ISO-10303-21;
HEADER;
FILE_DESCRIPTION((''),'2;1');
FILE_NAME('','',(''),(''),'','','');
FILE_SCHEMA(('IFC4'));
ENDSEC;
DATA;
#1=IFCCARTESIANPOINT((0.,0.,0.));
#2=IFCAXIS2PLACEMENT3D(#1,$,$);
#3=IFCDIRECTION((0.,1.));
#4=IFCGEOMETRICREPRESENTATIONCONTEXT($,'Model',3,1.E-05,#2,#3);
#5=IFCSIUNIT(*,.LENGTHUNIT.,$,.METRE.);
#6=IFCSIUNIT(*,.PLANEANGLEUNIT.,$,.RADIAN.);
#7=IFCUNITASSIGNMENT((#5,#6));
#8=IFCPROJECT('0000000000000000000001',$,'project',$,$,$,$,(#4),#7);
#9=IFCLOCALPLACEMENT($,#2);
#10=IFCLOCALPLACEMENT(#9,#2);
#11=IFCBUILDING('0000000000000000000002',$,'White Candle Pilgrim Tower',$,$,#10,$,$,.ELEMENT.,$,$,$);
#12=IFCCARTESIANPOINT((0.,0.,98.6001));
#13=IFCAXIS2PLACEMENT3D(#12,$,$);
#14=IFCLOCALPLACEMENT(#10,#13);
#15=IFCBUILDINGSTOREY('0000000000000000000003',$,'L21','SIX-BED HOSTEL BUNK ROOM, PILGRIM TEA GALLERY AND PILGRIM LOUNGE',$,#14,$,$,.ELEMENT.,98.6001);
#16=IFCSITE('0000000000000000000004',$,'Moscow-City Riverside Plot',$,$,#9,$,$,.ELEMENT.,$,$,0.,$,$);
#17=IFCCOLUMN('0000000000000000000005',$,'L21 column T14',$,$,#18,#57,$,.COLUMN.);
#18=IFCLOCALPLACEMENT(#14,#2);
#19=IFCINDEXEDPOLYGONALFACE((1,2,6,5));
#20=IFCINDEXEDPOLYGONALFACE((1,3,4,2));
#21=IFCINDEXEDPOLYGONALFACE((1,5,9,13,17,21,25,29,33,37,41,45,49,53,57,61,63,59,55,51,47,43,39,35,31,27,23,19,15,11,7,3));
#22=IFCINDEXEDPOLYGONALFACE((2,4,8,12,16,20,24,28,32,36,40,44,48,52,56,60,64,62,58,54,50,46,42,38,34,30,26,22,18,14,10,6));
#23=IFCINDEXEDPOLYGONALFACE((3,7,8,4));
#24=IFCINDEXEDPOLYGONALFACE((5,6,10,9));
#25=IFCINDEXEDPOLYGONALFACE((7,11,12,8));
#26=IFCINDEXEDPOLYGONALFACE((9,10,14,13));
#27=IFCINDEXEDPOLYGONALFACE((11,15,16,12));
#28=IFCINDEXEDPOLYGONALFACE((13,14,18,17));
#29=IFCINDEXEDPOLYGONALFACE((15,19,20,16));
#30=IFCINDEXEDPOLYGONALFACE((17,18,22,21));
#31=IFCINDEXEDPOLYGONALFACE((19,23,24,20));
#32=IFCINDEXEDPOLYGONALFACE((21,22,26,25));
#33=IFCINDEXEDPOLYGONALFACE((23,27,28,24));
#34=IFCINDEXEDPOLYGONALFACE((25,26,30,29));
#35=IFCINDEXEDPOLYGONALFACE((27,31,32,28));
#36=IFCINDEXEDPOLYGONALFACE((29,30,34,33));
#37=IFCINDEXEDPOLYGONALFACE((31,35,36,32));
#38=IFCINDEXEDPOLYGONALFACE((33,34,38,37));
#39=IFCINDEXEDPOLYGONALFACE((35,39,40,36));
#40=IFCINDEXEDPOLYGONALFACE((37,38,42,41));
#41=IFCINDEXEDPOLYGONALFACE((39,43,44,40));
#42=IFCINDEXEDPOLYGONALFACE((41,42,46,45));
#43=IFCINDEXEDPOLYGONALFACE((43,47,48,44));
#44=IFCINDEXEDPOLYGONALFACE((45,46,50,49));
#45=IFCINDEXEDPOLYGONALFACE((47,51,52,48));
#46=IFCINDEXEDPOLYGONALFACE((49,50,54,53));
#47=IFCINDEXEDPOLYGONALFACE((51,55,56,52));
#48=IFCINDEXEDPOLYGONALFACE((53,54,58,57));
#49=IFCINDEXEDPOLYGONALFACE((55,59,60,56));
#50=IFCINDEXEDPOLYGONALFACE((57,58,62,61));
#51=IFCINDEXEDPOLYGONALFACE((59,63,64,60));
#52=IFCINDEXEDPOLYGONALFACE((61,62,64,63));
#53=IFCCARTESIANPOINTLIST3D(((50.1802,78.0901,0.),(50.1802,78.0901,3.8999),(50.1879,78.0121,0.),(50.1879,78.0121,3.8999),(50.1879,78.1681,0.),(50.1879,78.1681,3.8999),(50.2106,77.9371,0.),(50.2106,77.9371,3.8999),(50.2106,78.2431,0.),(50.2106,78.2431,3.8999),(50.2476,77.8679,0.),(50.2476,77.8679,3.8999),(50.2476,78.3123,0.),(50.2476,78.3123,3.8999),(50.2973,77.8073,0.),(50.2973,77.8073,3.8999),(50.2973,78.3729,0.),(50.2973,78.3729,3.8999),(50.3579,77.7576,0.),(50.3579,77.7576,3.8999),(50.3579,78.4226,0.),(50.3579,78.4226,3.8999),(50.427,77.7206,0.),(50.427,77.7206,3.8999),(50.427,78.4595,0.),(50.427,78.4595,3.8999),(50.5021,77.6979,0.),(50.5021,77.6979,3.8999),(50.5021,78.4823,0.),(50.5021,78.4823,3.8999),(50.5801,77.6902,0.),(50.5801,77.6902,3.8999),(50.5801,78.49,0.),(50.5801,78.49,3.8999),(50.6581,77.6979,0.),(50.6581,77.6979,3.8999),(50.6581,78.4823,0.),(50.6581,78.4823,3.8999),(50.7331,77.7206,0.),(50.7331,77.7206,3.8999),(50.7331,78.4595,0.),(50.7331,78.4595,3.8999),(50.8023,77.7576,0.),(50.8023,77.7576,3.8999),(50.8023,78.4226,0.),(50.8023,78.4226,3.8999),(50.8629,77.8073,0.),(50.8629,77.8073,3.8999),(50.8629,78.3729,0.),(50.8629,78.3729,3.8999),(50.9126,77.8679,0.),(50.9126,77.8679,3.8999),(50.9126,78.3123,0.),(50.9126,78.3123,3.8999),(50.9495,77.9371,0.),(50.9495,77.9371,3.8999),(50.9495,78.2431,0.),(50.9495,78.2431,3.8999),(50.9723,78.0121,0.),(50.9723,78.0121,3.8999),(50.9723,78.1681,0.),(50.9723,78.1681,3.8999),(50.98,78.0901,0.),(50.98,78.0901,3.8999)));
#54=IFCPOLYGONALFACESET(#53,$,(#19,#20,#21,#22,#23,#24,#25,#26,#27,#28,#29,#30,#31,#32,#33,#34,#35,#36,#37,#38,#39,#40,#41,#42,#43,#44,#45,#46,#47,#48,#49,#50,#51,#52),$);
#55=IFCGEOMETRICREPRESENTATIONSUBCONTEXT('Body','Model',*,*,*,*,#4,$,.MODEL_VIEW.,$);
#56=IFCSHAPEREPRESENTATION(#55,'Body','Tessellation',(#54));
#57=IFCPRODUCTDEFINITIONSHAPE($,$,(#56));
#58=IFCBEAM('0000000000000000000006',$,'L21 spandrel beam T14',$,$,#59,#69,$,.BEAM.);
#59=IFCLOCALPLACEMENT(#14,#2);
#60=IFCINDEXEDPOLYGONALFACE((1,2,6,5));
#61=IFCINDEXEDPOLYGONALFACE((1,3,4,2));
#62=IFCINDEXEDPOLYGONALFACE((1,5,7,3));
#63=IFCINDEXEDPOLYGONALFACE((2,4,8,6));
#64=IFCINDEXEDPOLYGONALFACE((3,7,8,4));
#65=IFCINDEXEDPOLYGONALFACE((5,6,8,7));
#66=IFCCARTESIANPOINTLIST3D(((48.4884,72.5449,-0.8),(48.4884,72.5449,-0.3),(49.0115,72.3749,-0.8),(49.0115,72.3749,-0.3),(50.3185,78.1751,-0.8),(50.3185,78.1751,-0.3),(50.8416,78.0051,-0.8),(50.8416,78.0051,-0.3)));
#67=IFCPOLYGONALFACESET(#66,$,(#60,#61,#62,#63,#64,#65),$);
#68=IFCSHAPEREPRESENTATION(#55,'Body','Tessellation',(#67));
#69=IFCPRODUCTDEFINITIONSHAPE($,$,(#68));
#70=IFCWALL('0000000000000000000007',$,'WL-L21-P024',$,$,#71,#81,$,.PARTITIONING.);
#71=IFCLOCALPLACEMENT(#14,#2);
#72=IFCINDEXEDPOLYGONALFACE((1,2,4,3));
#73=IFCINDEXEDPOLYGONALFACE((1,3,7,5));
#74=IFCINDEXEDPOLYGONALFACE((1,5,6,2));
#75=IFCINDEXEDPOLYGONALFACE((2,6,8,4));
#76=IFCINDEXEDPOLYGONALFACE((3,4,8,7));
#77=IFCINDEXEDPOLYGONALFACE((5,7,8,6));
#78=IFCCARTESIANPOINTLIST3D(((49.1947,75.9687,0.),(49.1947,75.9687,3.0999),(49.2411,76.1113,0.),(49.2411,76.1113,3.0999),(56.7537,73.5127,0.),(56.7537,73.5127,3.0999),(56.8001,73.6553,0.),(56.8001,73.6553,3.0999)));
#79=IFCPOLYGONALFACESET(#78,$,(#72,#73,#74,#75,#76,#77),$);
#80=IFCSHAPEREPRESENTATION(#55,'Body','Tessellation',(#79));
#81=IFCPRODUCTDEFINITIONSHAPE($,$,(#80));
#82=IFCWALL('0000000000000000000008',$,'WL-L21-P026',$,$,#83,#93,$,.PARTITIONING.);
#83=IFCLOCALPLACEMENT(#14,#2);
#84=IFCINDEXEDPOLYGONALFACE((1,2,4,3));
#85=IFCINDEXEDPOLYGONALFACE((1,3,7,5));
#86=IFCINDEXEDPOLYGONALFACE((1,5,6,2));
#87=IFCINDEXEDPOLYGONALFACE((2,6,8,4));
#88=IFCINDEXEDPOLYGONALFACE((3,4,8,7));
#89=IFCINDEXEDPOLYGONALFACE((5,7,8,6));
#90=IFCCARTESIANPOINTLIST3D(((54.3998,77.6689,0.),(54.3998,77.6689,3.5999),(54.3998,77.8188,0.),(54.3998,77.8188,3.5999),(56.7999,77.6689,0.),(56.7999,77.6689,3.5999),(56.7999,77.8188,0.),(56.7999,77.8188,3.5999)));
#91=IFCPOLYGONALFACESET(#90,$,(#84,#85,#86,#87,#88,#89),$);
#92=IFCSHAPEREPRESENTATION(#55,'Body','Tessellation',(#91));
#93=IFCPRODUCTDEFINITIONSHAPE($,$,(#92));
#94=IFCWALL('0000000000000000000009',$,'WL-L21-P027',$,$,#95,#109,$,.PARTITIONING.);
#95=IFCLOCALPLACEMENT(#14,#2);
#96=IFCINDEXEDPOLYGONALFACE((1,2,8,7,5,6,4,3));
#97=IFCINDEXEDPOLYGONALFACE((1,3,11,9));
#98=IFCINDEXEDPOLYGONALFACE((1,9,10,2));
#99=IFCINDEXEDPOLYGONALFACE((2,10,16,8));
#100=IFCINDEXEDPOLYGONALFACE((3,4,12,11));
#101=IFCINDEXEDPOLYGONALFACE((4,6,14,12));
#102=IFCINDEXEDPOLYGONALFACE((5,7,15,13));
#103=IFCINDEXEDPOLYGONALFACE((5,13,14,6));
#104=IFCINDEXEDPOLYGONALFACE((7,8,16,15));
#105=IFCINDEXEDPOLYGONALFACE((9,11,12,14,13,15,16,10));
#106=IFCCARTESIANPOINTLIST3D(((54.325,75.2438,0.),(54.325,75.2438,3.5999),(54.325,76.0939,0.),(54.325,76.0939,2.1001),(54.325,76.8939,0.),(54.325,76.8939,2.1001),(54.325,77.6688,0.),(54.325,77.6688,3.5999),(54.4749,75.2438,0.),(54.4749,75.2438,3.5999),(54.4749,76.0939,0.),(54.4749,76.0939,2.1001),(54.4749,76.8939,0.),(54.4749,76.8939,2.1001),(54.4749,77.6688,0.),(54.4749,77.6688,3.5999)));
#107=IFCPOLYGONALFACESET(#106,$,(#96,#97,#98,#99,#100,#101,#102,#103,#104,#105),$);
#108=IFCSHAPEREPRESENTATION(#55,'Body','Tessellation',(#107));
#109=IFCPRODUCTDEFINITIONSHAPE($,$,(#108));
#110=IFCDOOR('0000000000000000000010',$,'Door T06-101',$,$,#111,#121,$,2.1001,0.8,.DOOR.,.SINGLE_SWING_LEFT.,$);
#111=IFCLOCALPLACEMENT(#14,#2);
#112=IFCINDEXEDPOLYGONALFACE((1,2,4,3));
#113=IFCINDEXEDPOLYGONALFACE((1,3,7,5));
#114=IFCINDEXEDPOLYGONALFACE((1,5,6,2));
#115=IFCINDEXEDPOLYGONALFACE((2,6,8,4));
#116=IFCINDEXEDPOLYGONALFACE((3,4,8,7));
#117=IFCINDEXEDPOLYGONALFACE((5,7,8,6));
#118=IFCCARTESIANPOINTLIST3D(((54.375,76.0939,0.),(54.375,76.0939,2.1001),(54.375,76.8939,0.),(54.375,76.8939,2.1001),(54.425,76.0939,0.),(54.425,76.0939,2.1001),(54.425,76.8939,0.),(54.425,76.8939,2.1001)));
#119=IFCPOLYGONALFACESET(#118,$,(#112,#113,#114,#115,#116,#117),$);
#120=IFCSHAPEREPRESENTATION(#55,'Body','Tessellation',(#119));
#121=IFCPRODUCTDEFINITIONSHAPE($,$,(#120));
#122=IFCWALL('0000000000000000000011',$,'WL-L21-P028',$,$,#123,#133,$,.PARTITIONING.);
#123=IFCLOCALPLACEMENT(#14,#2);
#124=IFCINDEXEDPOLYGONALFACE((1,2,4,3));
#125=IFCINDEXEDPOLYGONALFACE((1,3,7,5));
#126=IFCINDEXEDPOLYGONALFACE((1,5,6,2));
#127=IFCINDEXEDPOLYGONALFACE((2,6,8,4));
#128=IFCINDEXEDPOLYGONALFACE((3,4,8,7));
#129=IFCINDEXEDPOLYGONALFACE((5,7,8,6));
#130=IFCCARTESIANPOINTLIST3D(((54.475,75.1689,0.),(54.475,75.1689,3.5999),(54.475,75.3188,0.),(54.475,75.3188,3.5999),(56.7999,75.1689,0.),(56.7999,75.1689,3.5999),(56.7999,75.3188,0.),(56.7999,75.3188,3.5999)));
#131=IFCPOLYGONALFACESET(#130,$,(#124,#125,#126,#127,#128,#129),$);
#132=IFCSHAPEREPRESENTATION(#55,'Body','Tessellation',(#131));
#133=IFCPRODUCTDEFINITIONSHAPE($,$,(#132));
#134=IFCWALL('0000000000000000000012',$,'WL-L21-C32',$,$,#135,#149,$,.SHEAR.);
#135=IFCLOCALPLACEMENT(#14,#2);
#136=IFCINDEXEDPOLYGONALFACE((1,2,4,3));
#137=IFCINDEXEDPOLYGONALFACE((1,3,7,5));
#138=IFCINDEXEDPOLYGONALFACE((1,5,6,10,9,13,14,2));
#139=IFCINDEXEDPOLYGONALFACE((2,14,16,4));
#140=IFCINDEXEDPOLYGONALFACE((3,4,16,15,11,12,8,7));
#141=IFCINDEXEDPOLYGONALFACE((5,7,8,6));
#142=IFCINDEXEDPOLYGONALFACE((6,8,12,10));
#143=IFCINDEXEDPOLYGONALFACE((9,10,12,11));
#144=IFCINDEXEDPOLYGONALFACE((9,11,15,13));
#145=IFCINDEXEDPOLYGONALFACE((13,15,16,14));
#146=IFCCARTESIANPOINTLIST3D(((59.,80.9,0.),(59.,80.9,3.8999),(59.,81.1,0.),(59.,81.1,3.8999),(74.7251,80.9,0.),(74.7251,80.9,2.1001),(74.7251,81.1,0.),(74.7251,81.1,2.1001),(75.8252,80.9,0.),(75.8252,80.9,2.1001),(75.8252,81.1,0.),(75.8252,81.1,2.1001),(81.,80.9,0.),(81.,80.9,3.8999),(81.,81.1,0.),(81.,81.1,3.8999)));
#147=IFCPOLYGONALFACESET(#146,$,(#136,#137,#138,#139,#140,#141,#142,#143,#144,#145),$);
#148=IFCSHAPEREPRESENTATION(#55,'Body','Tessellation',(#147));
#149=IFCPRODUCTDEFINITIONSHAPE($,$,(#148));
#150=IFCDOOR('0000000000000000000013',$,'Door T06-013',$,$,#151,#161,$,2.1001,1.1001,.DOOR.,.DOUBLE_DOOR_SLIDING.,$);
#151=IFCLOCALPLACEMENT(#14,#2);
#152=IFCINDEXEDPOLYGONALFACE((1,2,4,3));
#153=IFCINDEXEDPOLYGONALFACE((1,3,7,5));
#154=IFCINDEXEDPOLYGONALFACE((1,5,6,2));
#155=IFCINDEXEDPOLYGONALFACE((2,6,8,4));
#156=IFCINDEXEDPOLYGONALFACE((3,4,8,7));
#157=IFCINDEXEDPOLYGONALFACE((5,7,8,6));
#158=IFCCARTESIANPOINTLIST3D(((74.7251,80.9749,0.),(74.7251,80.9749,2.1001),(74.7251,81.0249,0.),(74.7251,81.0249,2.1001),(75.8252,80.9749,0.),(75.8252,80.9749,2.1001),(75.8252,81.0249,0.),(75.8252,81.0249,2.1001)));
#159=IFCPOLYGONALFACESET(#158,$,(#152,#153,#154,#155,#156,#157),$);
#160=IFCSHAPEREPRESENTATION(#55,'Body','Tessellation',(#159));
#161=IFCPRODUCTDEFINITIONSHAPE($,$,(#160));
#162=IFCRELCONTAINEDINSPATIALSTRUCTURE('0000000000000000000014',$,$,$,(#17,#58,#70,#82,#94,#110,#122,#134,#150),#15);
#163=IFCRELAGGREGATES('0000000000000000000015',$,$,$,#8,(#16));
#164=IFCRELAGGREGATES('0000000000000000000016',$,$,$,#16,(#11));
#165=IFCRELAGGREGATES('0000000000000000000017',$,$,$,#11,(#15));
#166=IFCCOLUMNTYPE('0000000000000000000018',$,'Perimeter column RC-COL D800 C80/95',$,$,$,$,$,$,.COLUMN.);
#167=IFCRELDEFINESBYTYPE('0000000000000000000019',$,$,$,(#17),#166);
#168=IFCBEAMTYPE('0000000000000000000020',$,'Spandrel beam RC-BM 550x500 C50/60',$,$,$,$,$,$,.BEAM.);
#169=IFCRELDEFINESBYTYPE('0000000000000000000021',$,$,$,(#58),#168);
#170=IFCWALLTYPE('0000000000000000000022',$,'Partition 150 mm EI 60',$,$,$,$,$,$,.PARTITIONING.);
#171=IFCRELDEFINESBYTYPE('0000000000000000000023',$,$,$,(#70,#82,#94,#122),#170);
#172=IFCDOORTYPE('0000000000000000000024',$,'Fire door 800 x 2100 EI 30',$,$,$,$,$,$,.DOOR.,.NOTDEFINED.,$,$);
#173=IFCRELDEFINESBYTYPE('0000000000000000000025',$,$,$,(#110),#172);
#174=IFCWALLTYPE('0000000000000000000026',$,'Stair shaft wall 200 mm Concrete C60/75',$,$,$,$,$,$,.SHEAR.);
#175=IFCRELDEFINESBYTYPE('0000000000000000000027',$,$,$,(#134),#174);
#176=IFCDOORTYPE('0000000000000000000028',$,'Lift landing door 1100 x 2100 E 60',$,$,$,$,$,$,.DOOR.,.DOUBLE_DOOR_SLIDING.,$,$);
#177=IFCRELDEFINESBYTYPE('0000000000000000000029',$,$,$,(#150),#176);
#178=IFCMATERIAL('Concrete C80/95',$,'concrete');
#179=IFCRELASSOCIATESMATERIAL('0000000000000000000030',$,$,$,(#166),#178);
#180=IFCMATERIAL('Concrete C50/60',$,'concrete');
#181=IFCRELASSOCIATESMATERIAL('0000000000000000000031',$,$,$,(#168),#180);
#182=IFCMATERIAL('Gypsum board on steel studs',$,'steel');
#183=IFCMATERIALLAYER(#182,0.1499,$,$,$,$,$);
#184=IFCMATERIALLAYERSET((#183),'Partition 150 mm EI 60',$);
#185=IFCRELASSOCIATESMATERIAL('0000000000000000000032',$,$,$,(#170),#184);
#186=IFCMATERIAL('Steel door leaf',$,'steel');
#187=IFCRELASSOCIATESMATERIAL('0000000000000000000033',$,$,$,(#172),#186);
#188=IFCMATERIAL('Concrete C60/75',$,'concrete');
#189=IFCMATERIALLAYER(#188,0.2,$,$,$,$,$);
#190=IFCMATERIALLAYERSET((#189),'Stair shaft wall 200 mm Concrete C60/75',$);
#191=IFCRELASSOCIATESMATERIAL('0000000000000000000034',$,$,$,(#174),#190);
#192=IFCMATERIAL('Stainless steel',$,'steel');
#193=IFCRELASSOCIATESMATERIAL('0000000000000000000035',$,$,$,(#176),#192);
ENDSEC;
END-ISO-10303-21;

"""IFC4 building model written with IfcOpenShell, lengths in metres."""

from ifc_helpers import new_model, si_unit, direction, frame, frame_2d, origin, origin_2d, place, context, subcontext, project, spatial, rectangle, circle, extrude, material, layer, layer_set, material_profile, profile_set, type_object, element, fill, save


model = new_model("IFC4")

# Units and contexts
model_context = context("Model", 3, precision=1e-05, world=origin(), true_north=direction((0.0, 1.0)))
body_context = subcontext(model_context, "Body", "Model", "MODEL_VIEW")
ifc_project = project(units=[si_unit("LENGTHUNIT", "METRE"), si_unit("PLANEANGLEUNIT", "RADIAN")], contexts=[model_context])

# Site, building, storey
site_placement = place(None, origin())
site = spatial("IfcSite", under=ifc_project, at=site_placement, Name="Moscow-City Riverside Plot", CompositionType="ELEMENT", RefElevation=0.0)
building_placement = place(site_placement, origin())
building = spatial("IfcBuilding", under=site, at=building_placement, Name="White Candle Pilgrim Tower", CompositionType="ELEMENT")
storey_placement = place(building_placement, frame((0.0, 0.0, 98.6001)))
storey = spatial("IfcBuildingStorey", under=building, at=storey_placement, Name="L21", Description="SIX-BED HOSTEL BUNK ROOM, PILGRIM TEA GALLERY AND PILGRIM LOUNGE", CompositionType="ELEMENT", Elevation=98.6001)

# Column
ifc_material_1 = material(Name="Concrete C80/95", Category="concrete")
ifc_material_profile_1 = material_profile(ifc_material_1, circle(Radius=0.3999, at=origin_2d()), Name="RC-COL D800")
ifc_profile_set_1 = profile_set([ifc_material_profile_1], Name="Concrete C80/95")
column_type = type_object("IfcColumnType", Name="Perimeter column RC-COL D800 C80/95", PredefinedType="COLUMN", material=ifc_profile_set_1)
column_placement = place(storey_placement, frame((50.5801, 78.0901, 0.0), z_axis=(0.0, 0.0, 1.0), x_axis=(1.0, 0.0, 0.0)))
element("IfcColumn", 1, at=column_placement, inside=storey, type_object=column_type, Name="L21 column T14", PredefinedType="COLUMN", context=body_context, shape_type="SweptSolid", body=[
    extrude(circle(Radius=0.3999, at=origin_2d()), origin(), (0.0, 0.0, 1.0), 3.8999),
])

# Beam
ifc_material_2 = material(Name="Concrete C50/60", Category="concrete")
ifc_material_profile_2 = material_profile(ifc_material_2, rectangle(XDim=0.55, YDim=0.5, at=origin_2d()), Name="RC-BM 550x500")
ifc_profile_set_2 = profile_set([ifc_material_profile_2], Name="Concrete C50/60")
beam_type = type_object("IfcBeamType", Name="Spandrel beam RC-BM 550x500 C50/60", PredefinedType="BEAM", material=ifc_profile_set_2)
beam_placement = place(storey_placement, frame((50.5801, 78.0901, -0.55), z_axis=(-0.30913, -0.95102, 0.0), x_axis=(0.95102, -0.30913, 0.0)))
element("IfcBeam", 2, at=beam_placement, inside=storey, type_object=beam_type, Name="L21 spandrel beam T14", PredefinedType="BEAM", context=body_context, shape_type="SweptSolid", body=[
    extrude(rectangle(XDim=0.55, YDim=0.5, at=origin_2d()), origin(), (0.0, 0.0, 1.0), 5.9202),
])

# Walls
ifc_material_3 = material(Name="Gypsum board on steel studs", Category="steel")
ifc_layer_1 = layer(ifc_material_3, 0.1499)
ifc_layer_set_1 = layer_set([ifc_layer_1], Name="Partition 150 mm EI 60")
wall_type_1 = type_object("IfcWallType", Name="Partition 150 mm EI 60", PredefinedType="PARTITIONING", material=ifc_layer_set_1)
wall_1_placement = place(storey_placement, frame((49.2178, 76.04, 0.0), z_axis=(0.0, 0.0, 1.0), x_axis=(0.951058, -0.309012, 0.0)))
element("IfcWall", 3, at=wall_1_placement, inside=storey, type_object=wall_type_1, Name="WL-L21-P024", PredefinedType="PARTITIONING", context=body_context, shape_type="SweptSolid", body=[
    extrude(rectangle(XDim=7.948, YDim=0.1499, at=frame_2d((3.9741, 0.0))), origin(), (0.0, 0.0, 1.0), 3.0999),
])
wall_2_placement = place(storey_placement, frame((56.8, 77.7439, 0.0), z_axis=(0.0, 0.0, 1.0), x_axis=(-1.0, 0.0, 0.0)))
element("IfcWall", 4, at=wall_2_placement, inside=storey, type_object=wall_type_1, Name="WL-L21-P026", PredefinedType="PARTITIONING", context=body_context, shape_type="SweptSolid", body=[
    extrude(rectangle(XDim=2.4001, YDim=0.1499, at=frame_2d((1.2002, 0.0))), origin(), (0.0, 0.0, 1.0), 3.5999),
])

# Wall, opening, door
wall_3_placement = place(storey_placement, frame((54.3999, 75.2439, 0.0), z_axis=(0.0, 0.0, 1.0), x_axis=(0.0, 1.0, 0.0)))
wall_3 = element("IfcWall", 5, at=wall_3_placement, inside=storey, type_object=wall_type_1, Name="WL-L21-P027", PredefinedType="PARTITIONING", context=body_context, shape_type="SweptSolid", body=[
    extrude(rectangle(XDim=2.425, YDim=0.1499, at=frame_2d((1.2124, 0.0))), origin(), (0.0, 0.0, 1.0), 3.5999),
])
opening_1_placement = place(wall_3_placement, frame((0.8501, 0.0, 0.0)))
opening_1 = element("IfcOpeningElement", 6, at=opening_1_placement, cuts=wall_3, PredefinedType="OPENING", context=body_context, shape_type="SweptSolid", body=[
    extrude(rectangle(XDim=0.8, YDim=2.1001, at=frame_2d((0.3999, 1.05))), frame((0.0, 0.085, 0.0), z_axis=(0.0, -1.0, 0.0), x_axis=(1.0, 0.0, 0.0)), (0.0, 0.0, 1.0), 0.1699),
])
ifc_material_4 = material(Name="Steel door leaf", Category="steel")
door_type_1 = type_object("IfcDoorType", Name="Fire door 800 x 2100 EI 30", OperationType="NOTDEFINED", PredefinedType="DOOR", material=ifc_material_4)
door_1_placement = place(opening_1_placement, origin())
door_1 = element("IfcDoor", 7, at=door_1_placement, inside=storey, type_object=door_type_1, Name="Door T06-101", OperationType="SINGLE_SWING_LEFT", OverallHeight=2.1001, OverallWidth=0.8, PredefinedType="DOOR", context=body_context, shape_type="SweptSolid", body=[
    extrude(rectangle(XDim=0.8, YDim=2.1001, at=frame_2d((0.3999, 1.05))), frame((0.0, 0.0249, 0.0), z_axis=(0.0, -1.0, 0.0), x_axis=(1.0, 0.0, 0.0)), (0.0, 0.0, 1.0), 0.05),
])
fill(opening_1, door_1)

# Wall
wall_4_placement = place(storey_placement, frame((56.8, 75.2439, 0.0), z_axis=(0.0, 0.0, 1.0), x_axis=(-1.0, 0.0, 0.0)))
element("IfcWall", 8, at=wall_4_placement, inside=storey, type_object=wall_type_1, Name="WL-L21-P028", PredefinedType="PARTITIONING", context=body_context, shape_type="SweptSolid", body=[
    extrude(rectangle(XDim=2.325, YDim=0.1499, at=frame_2d((1.1626, 0.0))), origin(), (0.0, 0.0, 1.0), 3.5999),
])

# Wall, opening, door
ifc_material_5 = material(Name="Concrete C60/75", Category="concrete")
ifc_layer_2 = layer(ifc_material_5, 0.2)
ifc_layer_set_2 = layer_set([ifc_layer_2], Name="Stair shaft wall 200 mm Concrete C60/75")
wall_type_2 = type_object("IfcWallType", Name="Stair shaft wall 200 mm Concrete C60/75", PredefinedType="SHEAR", material=ifc_layer_set_2)
wall_5_placement = place(storey_placement, frame((59.0, 81.0, 0.0), z_axis=(0.0, 0.0, 1.0), x_axis=(1.0, 0.0, 0.0)))
wall_5 = element("IfcWall", 9, at=wall_5_placement, inside=storey, type_object=wall_type_2, Name="WL-L21-C32", PredefinedType="SHEAR", context=body_context, shape_type="SweptSolid", body=[
    extrude(rectangle(XDim=22.0, YDim=0.2, at=frame_2d((11.0, 0.0))), origin(), (0.0, 0.0, 1.0), 3.8999),
])
opening_2_placement = place(wall_5_placement, frame((15.7251, 0.0, 0.0)))
opening_2 = element("IfcOpeningElement", 10, at=opening_2_placement, cuts=wall_5, PredefinedType="OPENING", context=body_context, shape_type="SweptSolid", body=[
    extrude(rectangle(XDim=1.1001, YDim=2.1001, at=frame_2d((0.55, 1.05))), frame((0.0, 0.1099, 0.0), z_axis=(0.0, -1.0, 0.0), x_axis=(1.0, 0.0, 0.0)), (0.0, 0.0, 1.0), 0.22),
])
ifc_material_6 = material(Name="Stainless steel", Category="steel")
door_type_2 = type_object("IfcDoorType", Name="Lift landing door 1100 x 2100 E 60", OperationType="DOUBLE_DOOR_SLIDING", PredefinedType="DOOR", material=ifc_material_6)
door_2_placement = place(opening_2_placement, origin())
door_2 = element("IfcDoor", 11, at=door_2_placement, inside=storey, type_object=door_type_2, Name="Door T06-013", OperationType="DOUBLE_DOOR_SLIDING", OverallHeight=2.1001, OverallWidth=1.1001, PredefinedType="DOOR", context=body_context, shape_type="SweptSolid", body=[
    extrude(rectangle(XDim=1.1001, YDim=2.1001, at=frame_2d((0.55, 1.05))), frame((0.0, 0.0249, 0.0), z_axis=(0.0, -1.0, 0.0), x_axis=(1.0, 0.0, 0.0)), (0.0, 0.0, 1.0), 0.05),
])
fill(opening_2, door_2)

save(model, "model.ifc")
